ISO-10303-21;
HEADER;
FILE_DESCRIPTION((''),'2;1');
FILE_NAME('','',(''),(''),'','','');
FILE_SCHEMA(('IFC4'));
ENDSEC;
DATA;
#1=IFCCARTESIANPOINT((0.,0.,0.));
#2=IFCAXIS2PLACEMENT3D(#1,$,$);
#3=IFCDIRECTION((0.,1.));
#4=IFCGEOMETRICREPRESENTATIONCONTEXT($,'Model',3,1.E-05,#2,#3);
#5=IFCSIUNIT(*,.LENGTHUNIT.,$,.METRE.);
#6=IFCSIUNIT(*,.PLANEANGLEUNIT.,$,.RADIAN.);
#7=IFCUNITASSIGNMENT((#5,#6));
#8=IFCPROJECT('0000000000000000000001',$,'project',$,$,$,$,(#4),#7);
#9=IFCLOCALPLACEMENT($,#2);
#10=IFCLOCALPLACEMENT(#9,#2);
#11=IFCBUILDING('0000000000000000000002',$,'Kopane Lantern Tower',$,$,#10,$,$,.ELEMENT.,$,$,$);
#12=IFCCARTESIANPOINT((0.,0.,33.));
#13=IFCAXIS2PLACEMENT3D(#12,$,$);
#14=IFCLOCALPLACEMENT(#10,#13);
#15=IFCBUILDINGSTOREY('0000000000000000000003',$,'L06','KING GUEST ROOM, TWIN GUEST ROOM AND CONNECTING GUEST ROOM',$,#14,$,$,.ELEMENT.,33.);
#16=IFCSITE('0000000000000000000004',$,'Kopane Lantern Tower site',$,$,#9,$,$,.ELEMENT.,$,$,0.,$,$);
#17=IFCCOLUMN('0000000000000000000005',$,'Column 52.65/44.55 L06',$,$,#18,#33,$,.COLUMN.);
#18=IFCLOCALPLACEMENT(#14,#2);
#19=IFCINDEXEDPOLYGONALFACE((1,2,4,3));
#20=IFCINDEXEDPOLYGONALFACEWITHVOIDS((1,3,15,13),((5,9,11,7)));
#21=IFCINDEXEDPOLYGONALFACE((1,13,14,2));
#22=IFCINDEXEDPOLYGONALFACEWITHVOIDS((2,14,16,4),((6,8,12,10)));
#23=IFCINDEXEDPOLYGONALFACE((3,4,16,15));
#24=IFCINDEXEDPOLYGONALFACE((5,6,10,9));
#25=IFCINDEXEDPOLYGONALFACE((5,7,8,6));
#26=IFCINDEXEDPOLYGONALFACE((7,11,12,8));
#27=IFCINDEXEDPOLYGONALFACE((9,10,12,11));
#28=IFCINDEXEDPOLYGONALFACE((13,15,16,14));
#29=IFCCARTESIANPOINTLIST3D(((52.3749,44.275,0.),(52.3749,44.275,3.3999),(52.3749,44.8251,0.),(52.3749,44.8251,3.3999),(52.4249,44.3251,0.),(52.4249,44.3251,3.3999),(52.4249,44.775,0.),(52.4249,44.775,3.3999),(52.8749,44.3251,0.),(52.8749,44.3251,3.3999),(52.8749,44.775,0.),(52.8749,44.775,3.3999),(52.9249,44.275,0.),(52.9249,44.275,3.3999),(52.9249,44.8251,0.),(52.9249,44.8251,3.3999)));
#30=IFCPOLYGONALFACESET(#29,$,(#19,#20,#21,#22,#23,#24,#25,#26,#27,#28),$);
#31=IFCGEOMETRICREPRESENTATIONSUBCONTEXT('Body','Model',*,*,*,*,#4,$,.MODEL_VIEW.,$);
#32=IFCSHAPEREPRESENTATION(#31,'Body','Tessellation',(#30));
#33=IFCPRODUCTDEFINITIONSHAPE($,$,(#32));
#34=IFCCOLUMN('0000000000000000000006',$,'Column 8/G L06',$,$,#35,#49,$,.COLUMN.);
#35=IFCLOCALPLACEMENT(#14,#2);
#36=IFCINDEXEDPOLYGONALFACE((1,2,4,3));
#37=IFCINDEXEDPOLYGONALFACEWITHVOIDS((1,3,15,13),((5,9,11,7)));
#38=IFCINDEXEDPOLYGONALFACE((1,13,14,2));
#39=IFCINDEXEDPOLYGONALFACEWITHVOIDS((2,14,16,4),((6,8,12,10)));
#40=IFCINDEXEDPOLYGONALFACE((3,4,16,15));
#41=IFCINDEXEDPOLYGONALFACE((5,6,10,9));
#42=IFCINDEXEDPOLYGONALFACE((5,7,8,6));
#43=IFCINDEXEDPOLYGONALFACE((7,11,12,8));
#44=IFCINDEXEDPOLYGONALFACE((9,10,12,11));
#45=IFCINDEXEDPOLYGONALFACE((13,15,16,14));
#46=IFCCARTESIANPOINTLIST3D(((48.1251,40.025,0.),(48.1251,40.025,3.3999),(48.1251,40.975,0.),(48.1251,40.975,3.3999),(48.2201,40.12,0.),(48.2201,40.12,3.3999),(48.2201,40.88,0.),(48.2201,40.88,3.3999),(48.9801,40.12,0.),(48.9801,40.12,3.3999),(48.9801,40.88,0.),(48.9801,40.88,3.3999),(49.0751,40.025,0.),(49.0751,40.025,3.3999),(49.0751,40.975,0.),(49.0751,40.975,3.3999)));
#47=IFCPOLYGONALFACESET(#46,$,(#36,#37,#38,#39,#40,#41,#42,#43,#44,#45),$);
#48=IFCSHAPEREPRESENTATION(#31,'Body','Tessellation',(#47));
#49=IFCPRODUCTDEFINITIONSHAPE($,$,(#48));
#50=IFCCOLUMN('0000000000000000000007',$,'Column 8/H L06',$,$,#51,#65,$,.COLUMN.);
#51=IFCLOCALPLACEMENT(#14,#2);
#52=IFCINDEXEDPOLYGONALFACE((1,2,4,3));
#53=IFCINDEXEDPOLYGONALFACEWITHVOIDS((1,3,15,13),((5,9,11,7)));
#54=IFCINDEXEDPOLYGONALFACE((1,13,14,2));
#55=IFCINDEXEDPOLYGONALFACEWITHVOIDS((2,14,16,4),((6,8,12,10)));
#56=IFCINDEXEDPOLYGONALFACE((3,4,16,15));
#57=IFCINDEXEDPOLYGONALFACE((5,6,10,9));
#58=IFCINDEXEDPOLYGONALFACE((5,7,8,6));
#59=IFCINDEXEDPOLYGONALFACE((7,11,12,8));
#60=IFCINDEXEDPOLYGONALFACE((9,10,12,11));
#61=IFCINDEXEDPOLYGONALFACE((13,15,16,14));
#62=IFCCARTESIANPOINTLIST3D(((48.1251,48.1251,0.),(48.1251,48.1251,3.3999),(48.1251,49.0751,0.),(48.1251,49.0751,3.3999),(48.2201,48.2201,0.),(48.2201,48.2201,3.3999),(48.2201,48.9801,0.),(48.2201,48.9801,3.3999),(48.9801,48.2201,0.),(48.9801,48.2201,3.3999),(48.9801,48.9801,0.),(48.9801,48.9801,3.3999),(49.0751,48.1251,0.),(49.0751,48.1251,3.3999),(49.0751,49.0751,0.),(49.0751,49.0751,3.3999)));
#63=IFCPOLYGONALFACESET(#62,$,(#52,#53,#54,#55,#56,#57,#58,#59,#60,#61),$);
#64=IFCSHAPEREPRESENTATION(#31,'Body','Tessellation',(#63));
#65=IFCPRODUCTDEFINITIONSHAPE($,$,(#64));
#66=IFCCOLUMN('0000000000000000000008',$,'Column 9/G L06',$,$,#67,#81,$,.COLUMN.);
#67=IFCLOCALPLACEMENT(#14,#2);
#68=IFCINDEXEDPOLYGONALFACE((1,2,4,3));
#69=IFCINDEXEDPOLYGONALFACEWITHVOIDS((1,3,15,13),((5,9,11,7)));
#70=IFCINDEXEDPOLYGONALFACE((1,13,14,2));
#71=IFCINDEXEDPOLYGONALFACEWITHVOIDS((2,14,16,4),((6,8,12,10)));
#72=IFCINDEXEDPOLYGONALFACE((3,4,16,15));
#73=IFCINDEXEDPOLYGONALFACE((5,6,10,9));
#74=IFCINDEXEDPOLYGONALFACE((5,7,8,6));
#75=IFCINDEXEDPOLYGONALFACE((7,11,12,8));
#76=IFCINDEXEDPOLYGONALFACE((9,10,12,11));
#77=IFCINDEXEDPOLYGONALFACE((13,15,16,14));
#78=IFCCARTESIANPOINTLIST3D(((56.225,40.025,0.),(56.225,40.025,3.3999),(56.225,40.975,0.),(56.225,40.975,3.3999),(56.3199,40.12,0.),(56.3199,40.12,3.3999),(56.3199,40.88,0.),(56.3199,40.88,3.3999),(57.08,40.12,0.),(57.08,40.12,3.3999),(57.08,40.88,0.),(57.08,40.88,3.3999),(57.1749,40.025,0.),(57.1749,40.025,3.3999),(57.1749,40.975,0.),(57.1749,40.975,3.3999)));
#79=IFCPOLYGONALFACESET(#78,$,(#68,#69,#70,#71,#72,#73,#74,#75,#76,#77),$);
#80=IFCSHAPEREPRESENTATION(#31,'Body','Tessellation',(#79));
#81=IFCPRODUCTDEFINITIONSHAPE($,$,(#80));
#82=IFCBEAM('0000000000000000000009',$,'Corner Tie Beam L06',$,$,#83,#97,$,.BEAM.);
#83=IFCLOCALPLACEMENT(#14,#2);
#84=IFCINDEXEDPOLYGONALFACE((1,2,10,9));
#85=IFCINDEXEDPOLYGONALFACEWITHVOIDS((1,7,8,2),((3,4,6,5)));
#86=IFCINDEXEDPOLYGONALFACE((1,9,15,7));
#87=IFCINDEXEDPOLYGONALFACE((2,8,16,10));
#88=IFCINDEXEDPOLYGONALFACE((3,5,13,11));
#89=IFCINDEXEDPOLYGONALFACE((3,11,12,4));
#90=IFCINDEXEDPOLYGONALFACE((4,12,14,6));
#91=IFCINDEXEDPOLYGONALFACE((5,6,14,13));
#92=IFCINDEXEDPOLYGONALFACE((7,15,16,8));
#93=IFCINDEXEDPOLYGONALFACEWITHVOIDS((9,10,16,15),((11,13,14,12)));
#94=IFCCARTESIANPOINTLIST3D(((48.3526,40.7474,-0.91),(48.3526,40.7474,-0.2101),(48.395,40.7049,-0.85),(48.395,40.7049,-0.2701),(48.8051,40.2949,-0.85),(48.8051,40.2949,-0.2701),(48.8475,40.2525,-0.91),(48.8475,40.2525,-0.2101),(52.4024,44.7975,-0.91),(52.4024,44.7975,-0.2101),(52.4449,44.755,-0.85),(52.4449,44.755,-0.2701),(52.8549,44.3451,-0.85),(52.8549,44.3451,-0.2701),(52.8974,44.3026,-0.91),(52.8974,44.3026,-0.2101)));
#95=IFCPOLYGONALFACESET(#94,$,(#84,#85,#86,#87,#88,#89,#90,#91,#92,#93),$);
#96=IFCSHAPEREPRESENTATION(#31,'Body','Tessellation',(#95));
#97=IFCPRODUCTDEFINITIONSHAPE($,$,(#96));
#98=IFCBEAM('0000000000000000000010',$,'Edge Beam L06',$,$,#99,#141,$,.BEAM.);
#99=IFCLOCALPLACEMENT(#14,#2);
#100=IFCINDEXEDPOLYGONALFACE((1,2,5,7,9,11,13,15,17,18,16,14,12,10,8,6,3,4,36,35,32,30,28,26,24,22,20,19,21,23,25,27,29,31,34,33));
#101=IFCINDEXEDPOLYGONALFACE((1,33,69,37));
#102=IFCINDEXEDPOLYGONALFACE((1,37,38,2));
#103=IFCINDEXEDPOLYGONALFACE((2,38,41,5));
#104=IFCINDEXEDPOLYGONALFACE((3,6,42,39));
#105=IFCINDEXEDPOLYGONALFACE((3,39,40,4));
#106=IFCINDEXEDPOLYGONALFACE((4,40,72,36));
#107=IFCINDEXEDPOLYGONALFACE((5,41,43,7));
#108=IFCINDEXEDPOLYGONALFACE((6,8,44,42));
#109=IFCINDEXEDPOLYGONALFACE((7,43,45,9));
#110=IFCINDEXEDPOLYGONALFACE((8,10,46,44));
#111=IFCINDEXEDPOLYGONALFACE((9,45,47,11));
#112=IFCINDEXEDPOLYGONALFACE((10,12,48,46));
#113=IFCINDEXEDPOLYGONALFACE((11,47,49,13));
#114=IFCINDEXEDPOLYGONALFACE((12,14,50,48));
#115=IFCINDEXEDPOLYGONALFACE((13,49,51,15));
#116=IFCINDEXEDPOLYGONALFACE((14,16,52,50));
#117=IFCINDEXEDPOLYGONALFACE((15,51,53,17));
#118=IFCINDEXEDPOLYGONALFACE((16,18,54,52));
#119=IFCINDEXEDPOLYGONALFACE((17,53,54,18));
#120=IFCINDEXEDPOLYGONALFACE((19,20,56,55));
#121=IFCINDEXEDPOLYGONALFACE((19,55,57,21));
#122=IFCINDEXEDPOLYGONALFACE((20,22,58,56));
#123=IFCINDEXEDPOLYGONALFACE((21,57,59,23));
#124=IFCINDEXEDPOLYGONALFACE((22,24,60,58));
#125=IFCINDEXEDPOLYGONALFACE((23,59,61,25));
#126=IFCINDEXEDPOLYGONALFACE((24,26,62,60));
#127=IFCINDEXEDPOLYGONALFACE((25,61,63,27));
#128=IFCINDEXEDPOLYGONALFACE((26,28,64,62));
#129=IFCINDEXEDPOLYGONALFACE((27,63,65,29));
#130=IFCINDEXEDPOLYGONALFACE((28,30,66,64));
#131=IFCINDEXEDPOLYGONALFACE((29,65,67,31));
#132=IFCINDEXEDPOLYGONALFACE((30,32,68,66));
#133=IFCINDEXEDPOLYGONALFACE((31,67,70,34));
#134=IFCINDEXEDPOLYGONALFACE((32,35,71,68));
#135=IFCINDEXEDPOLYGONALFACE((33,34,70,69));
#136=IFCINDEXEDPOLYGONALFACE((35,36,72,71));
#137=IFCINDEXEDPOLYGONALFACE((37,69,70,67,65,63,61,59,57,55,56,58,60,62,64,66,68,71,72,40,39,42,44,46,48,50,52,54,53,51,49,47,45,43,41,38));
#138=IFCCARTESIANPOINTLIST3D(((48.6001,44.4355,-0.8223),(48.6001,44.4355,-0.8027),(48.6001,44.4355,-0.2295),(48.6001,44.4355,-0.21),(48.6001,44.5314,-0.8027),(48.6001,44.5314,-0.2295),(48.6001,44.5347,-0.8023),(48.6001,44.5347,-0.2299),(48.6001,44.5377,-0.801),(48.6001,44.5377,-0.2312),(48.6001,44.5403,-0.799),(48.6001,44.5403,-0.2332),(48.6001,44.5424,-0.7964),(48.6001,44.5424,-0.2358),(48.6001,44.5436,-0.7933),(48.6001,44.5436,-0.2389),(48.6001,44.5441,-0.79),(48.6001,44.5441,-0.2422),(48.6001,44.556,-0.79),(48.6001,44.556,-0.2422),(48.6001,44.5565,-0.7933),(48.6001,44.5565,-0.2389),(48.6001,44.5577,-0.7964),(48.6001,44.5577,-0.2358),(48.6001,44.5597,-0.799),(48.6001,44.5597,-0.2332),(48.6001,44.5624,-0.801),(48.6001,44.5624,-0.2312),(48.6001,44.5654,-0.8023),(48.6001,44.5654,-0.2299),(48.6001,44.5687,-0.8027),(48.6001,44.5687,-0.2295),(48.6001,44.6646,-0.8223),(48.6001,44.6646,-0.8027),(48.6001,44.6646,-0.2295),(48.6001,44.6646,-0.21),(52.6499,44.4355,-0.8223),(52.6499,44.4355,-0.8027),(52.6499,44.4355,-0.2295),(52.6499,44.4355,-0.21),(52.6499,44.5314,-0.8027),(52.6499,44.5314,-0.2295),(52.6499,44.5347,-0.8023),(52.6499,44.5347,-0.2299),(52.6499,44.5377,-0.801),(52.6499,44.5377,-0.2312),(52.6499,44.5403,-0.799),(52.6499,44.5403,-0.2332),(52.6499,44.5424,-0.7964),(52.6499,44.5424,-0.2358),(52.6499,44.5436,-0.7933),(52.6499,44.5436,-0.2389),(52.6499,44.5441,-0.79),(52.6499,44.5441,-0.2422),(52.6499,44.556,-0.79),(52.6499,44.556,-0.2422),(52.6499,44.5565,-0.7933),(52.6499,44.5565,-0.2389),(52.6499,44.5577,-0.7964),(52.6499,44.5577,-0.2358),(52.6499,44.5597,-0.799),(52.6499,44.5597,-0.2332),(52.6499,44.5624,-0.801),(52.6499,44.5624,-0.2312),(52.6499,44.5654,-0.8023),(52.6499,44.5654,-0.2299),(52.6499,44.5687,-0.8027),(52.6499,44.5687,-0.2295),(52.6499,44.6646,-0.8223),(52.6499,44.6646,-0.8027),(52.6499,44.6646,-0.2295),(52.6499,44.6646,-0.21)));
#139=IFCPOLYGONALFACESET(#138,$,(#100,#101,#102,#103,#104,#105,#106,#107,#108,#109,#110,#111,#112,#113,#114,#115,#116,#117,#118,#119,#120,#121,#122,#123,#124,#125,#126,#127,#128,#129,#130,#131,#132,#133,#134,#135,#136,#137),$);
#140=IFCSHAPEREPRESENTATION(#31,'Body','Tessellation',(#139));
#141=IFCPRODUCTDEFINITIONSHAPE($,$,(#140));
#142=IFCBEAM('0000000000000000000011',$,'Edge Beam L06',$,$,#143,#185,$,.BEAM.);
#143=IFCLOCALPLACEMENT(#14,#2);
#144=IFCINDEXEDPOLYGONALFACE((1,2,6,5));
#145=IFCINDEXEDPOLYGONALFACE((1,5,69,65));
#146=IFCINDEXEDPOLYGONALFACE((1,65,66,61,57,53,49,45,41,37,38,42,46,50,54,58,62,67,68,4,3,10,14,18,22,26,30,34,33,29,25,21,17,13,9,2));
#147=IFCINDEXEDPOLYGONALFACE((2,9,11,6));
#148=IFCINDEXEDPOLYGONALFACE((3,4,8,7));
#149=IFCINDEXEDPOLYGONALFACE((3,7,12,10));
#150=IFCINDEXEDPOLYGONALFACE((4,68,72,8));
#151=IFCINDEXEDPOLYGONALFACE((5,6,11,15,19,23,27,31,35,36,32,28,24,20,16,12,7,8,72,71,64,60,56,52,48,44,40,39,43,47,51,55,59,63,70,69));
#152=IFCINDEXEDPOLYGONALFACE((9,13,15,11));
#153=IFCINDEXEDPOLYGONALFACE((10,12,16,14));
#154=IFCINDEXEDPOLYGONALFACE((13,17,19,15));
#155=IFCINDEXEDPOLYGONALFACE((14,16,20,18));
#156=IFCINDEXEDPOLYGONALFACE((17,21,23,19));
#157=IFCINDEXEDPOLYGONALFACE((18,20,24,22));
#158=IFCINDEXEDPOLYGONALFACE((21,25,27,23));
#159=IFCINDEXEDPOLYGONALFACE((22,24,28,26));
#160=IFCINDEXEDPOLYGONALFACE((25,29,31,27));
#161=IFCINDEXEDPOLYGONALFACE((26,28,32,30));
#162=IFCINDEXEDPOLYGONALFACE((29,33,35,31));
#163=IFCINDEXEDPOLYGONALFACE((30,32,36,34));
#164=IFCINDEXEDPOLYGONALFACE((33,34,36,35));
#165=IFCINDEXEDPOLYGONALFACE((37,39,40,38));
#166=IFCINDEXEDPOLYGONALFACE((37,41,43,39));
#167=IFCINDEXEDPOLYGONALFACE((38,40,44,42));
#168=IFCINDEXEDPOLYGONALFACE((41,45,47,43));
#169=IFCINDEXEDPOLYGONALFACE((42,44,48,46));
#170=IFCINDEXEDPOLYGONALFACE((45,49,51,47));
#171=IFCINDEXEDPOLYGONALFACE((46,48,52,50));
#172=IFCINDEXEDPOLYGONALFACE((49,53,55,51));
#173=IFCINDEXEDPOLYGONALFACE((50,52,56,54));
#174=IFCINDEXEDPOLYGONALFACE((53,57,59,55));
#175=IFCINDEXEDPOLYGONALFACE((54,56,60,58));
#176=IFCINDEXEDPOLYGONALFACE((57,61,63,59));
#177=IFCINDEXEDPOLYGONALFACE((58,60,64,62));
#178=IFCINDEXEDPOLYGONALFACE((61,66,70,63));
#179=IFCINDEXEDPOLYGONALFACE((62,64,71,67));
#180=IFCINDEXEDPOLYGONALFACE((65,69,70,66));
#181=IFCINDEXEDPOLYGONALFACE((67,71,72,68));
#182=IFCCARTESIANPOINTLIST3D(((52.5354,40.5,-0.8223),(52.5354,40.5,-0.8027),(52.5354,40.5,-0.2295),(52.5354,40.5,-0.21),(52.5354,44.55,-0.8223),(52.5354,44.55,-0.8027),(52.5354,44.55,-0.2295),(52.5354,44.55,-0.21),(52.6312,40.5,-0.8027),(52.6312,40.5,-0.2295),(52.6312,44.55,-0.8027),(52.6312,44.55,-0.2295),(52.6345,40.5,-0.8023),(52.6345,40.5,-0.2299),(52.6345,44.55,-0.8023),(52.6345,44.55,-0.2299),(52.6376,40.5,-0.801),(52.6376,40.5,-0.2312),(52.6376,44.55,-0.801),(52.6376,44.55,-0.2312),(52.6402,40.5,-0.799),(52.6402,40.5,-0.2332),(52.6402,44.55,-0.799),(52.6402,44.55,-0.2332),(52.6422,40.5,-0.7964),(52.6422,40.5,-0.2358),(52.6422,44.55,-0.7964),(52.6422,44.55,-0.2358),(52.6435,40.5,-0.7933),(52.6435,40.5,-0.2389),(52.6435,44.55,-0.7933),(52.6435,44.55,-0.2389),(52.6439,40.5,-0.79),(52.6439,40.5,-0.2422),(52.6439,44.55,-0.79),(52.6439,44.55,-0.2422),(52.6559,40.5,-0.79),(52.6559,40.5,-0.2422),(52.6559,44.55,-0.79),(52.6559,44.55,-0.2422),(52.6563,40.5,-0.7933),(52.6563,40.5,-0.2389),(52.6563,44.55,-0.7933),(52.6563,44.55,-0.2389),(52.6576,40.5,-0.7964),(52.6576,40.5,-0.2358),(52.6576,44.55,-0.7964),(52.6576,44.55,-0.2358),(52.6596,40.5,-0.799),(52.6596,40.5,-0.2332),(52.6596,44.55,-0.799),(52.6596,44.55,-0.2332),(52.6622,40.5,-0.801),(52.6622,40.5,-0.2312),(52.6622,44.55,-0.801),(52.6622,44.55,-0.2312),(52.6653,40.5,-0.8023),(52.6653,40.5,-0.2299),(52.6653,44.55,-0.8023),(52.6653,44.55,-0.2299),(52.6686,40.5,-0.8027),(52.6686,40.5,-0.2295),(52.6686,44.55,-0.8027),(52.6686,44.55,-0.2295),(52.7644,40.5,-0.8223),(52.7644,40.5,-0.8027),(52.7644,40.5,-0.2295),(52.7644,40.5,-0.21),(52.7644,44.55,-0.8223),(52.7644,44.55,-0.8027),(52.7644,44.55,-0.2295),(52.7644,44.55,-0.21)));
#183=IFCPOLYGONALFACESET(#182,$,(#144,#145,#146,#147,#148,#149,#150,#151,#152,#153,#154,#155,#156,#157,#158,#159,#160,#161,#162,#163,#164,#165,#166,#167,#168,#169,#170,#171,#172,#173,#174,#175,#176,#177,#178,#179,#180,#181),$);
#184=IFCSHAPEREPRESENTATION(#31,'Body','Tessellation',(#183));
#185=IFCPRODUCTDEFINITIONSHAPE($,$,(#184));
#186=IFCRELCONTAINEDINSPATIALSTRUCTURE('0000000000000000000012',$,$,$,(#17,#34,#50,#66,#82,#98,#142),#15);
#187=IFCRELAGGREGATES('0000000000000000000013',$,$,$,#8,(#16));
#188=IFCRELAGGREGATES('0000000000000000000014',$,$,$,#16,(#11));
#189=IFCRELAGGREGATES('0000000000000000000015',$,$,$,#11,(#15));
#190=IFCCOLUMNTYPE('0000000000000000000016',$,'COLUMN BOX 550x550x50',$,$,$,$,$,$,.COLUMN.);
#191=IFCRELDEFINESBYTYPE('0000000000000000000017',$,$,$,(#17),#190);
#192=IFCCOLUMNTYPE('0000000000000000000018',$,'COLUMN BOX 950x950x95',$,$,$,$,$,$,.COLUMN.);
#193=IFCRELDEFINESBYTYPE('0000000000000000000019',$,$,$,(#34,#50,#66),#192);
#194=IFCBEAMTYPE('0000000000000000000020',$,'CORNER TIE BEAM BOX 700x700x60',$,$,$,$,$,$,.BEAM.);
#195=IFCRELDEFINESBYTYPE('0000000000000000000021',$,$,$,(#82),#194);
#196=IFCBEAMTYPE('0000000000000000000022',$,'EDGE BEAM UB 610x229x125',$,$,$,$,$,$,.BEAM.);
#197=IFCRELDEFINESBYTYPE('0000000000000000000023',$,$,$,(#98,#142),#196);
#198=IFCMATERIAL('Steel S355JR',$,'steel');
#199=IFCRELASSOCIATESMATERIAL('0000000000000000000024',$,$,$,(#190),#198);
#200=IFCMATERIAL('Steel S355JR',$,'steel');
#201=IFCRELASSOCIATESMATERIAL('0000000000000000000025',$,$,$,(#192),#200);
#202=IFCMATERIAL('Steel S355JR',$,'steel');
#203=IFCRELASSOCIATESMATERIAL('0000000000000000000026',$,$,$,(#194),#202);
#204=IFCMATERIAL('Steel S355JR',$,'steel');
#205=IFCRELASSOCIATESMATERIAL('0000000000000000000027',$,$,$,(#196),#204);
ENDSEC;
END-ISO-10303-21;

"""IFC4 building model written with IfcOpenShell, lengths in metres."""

from ifc_helpers import new_model, si_unit, direction, frame, origin, origin_2d, place, context, subcontext, project, spatial, hollow_rectangle, i_section, extrude, material, material_profile, profile_set, type_object, element, save


model = new_model("IFC4")

# Units and contexts
model_context = context("Model", 3, precision=1e-05, world=origin(), true_north=direction((0.0, 1.0)))
body_context = subcontext(model_context, "Body", "Model", "MODEL_VIEW")
ifc_project = project(units=[si_unit("LENGTHUNIT", "METRE"), si_unit("PLANEANGLEUNIT", "RADIAN")], contexts=[model_context])

# Site, building, storey
site_placement = place(None, origin())
site = spatial("IfcSite", under=ifc_project, at=site_placement, Name="Kopane Lantern Tower site", CompositionType="ELEMENT", RefElevation=0.0)
building_placement = place(site_placement, origin())
building = spatial("IfcBuilding", under=site, at=building_placement, Name="Kopane Lantern Tower", CompositionType="ELEMENT")
storey_placement = place(building_placement, frame((0.0, 0.0, 33.0)))
storey = spatial("IfcBuildingStorey", under=building, at=storey_placement, Name="L06", Description="KING GUEST ROOM, TWIN GUEST ROOM AND CONNECTING GUEST ROOM", CompositionType="ELEMENT", Elevation=33.0)

# Columns
ifc_material_1 = material(Name="Steel S355JR", Category="steel")
ifc_material_profile_1 = material_profile(ifc_material_1, hollow_rectangle(XDim=0.55, YDim=0.55, WallThickness=0.05, at=origin_2d()), Name="BOX 550x550x50")
ifc_profile_set_1 = profile_set([ifc_material_profile_1], Name="Steel S355JR")
column_type_1 = type_object("IfcColumnType", Name="COLUMN BOX 550x550x50", PredefinedType="COLUMN", material=ifc_profile_set_1)
column_placement = place(storey_placement, frame((52.6499, 44.55, 0.0), z_axis=(0.0, 0.0, 1.0), x_axis=(1.0, 0.0, 0.0)))
element("IfcColumn", 1, at=column_placement, inside=storey, type_object=column_type_1, Name="Column 52.65/44.55 L06", PredefinedType="COLUMN", context=body_context, shape_type="SweptSolid", body=[
    extrude(hollow_rectangle(XDim=0.55, YDim=0.55, WallThickness=0.05, at=origin_2d()), origin(), (0.0, 0.0, 1.0), 3.3999),
])
ifc_material_2 = material(Name="Steel S355JR", Category="steel")
ifc_material_profile_2 = material_profile(ifc_material_2, hollow_rectangle(XDim=0.95, YDim=0.95, WallThickness=0.095, at=origin_2d()), Name="BOX 950x950x95")
ifc_profile_set_2 = profile_set([ifc_material_profile_2], Name="Steel S355JR")
column_type_2 = type_object("IfcColumnType", Name="COLUMN BOX 950x950x95", PredefinedType="COLUMN", material=ifc_profile_set_2)
for number, where, z_axis, x_axis, name in (
    (2, (48.6001, 40.5, 0.0), (0.0, 0.0, 1.0), (1.0, 0.0, 0.0), "Column 8/G L06"),
    (3, (48.6001, 48.6001, 0.0), (0.0, 0.0, 1.0), (1.0, 0.0, 0.0), "Column 8/H L06"),
    (4, (56.7, 40.5, 0.0), (0.0, 0.0, 1.0), (1.0, 0.0, 0.0), "Column 9/G L06"),
):
    element("IfcColumn", number, at=place(storey_placement, frame(where, z_axis=z_axis, x_axis=x_axis)), inside=storey, type_object=column_type_2, Name=name, PredefinedType="COLUMN", context=body_context, shape_type="SweptSolid", body=[
        extrude(hollow_rectangle(XDim=0.95, YDim=0.95, WallThickness=0.095, at=origin_2d()), origin(), (0.0, 0.0, 1.0), 3.3999),
    ])

# Beams
ifc_material_3 = material(Name="Steel S355JR", Category="steel")
ifc_material_profile_3 = material_profile(ifc_material_3, hollow_rectangle(XDim=0.7, YDim=0.7, WallThickness=0.0601, at=origin_2d()), Name="BOX 700x700x60")
ifc_profile_set_3 = profile_set([ifc_material_profile_3], Name="Steel S355JR")
beam_type_1 = type_object("IfcBeamType", Name="CORNER TIE BEAM BOX 700x700x60", PredefinedType="BEAM", material=ifc_profile_set_3)
beam_1_placement = place(storey_placement, frame((52.6499, 44.55, -0.5601), z_axis=(-0.707085, -0.707128, 0.0), x_axis=(0.707128, -0.707085, 0.0)))
element("IfcBeam", 5, at=beam_1_placement, inside=storey, type_object=beam_type_1, Name="Corner Tie Beam L06", PredefinedType="BEAM", context=body_context, shape_type="SweptSolid", body=[
    extrude(hollow_rectangle(XDim=0.7, YDim=0.7, WallThickness=0.0601, at=origin_2d()), origin(), (0.0, 0.0, 1.0), 5.7275),
])
ifc_material_4 = material(Name="Steel S355JR", Category="steel")
ifc_material_profile_4 = material_profile(ifc_material_4, i_section(OverallWidth=0.229, OverallDepth=0.6123, WebThickness=0.012, FlangeThickness=0.0195, FilletRadius=0.0127, at=origin_2d()), Name="UB 610x229x125")
ifc_profile_set_4 = profile_set([ifc_material_profile_4], Name="Steel S355JR")
beam_type_2 = type_object("IfcBeamType", Name="EDGE BEAM UB 610x229x125", PredefinedType="BEAM", material=ifc_profile_set_4)
beam_2_placement = place(storey_placement, frame((52.6499, 44.55, -0.5161), z_axis=(-1.0, 0.0, 0.0), x_axis=(0.0, -1.0, 0.0)))
element("IfcBeam", 6, at=beam_2_placement, inside=storey, type_object=beam_type_2, Name="Edge Beam L06", PredefinedType="BEAM", context=body_context, shape_type="SweptSolid", body=[
    extrude(i_section(OverallWidth=0.229, OverallDepth=0.6123, WebThickness=0.012, FlangeThickness=0.0195, FilletRadius=0.0127, at=origin_2d()), origin(), (0.0, 0.0, 1.0), 4.0498),
])
beam_3_placement = place(storey_placement, frame((52.6499, 44.55, -0.5161), z_axis=(0.0, -1.0, 0.0), x_axis=(1.0, 0.0, 0.0)))
element("IfcBeam", 7, at=beam_3_placement, inside=storey, type_object=beam_type_2, Name="Edge Beam L06", PredefinedType="BEAM", context=body_context, shape_type="SweptSolid", body=[
    extrude(i_section(OverallWidth=0.229, OverallDepth=0.6123, WebThickness=0.012, FlangeThickness=0.0195, FilletRadius=0.0127, at=origin_2d()), origin(), (0.0, 0.0, 1.0), 4.05),
])

save(model, "model.ifc")
